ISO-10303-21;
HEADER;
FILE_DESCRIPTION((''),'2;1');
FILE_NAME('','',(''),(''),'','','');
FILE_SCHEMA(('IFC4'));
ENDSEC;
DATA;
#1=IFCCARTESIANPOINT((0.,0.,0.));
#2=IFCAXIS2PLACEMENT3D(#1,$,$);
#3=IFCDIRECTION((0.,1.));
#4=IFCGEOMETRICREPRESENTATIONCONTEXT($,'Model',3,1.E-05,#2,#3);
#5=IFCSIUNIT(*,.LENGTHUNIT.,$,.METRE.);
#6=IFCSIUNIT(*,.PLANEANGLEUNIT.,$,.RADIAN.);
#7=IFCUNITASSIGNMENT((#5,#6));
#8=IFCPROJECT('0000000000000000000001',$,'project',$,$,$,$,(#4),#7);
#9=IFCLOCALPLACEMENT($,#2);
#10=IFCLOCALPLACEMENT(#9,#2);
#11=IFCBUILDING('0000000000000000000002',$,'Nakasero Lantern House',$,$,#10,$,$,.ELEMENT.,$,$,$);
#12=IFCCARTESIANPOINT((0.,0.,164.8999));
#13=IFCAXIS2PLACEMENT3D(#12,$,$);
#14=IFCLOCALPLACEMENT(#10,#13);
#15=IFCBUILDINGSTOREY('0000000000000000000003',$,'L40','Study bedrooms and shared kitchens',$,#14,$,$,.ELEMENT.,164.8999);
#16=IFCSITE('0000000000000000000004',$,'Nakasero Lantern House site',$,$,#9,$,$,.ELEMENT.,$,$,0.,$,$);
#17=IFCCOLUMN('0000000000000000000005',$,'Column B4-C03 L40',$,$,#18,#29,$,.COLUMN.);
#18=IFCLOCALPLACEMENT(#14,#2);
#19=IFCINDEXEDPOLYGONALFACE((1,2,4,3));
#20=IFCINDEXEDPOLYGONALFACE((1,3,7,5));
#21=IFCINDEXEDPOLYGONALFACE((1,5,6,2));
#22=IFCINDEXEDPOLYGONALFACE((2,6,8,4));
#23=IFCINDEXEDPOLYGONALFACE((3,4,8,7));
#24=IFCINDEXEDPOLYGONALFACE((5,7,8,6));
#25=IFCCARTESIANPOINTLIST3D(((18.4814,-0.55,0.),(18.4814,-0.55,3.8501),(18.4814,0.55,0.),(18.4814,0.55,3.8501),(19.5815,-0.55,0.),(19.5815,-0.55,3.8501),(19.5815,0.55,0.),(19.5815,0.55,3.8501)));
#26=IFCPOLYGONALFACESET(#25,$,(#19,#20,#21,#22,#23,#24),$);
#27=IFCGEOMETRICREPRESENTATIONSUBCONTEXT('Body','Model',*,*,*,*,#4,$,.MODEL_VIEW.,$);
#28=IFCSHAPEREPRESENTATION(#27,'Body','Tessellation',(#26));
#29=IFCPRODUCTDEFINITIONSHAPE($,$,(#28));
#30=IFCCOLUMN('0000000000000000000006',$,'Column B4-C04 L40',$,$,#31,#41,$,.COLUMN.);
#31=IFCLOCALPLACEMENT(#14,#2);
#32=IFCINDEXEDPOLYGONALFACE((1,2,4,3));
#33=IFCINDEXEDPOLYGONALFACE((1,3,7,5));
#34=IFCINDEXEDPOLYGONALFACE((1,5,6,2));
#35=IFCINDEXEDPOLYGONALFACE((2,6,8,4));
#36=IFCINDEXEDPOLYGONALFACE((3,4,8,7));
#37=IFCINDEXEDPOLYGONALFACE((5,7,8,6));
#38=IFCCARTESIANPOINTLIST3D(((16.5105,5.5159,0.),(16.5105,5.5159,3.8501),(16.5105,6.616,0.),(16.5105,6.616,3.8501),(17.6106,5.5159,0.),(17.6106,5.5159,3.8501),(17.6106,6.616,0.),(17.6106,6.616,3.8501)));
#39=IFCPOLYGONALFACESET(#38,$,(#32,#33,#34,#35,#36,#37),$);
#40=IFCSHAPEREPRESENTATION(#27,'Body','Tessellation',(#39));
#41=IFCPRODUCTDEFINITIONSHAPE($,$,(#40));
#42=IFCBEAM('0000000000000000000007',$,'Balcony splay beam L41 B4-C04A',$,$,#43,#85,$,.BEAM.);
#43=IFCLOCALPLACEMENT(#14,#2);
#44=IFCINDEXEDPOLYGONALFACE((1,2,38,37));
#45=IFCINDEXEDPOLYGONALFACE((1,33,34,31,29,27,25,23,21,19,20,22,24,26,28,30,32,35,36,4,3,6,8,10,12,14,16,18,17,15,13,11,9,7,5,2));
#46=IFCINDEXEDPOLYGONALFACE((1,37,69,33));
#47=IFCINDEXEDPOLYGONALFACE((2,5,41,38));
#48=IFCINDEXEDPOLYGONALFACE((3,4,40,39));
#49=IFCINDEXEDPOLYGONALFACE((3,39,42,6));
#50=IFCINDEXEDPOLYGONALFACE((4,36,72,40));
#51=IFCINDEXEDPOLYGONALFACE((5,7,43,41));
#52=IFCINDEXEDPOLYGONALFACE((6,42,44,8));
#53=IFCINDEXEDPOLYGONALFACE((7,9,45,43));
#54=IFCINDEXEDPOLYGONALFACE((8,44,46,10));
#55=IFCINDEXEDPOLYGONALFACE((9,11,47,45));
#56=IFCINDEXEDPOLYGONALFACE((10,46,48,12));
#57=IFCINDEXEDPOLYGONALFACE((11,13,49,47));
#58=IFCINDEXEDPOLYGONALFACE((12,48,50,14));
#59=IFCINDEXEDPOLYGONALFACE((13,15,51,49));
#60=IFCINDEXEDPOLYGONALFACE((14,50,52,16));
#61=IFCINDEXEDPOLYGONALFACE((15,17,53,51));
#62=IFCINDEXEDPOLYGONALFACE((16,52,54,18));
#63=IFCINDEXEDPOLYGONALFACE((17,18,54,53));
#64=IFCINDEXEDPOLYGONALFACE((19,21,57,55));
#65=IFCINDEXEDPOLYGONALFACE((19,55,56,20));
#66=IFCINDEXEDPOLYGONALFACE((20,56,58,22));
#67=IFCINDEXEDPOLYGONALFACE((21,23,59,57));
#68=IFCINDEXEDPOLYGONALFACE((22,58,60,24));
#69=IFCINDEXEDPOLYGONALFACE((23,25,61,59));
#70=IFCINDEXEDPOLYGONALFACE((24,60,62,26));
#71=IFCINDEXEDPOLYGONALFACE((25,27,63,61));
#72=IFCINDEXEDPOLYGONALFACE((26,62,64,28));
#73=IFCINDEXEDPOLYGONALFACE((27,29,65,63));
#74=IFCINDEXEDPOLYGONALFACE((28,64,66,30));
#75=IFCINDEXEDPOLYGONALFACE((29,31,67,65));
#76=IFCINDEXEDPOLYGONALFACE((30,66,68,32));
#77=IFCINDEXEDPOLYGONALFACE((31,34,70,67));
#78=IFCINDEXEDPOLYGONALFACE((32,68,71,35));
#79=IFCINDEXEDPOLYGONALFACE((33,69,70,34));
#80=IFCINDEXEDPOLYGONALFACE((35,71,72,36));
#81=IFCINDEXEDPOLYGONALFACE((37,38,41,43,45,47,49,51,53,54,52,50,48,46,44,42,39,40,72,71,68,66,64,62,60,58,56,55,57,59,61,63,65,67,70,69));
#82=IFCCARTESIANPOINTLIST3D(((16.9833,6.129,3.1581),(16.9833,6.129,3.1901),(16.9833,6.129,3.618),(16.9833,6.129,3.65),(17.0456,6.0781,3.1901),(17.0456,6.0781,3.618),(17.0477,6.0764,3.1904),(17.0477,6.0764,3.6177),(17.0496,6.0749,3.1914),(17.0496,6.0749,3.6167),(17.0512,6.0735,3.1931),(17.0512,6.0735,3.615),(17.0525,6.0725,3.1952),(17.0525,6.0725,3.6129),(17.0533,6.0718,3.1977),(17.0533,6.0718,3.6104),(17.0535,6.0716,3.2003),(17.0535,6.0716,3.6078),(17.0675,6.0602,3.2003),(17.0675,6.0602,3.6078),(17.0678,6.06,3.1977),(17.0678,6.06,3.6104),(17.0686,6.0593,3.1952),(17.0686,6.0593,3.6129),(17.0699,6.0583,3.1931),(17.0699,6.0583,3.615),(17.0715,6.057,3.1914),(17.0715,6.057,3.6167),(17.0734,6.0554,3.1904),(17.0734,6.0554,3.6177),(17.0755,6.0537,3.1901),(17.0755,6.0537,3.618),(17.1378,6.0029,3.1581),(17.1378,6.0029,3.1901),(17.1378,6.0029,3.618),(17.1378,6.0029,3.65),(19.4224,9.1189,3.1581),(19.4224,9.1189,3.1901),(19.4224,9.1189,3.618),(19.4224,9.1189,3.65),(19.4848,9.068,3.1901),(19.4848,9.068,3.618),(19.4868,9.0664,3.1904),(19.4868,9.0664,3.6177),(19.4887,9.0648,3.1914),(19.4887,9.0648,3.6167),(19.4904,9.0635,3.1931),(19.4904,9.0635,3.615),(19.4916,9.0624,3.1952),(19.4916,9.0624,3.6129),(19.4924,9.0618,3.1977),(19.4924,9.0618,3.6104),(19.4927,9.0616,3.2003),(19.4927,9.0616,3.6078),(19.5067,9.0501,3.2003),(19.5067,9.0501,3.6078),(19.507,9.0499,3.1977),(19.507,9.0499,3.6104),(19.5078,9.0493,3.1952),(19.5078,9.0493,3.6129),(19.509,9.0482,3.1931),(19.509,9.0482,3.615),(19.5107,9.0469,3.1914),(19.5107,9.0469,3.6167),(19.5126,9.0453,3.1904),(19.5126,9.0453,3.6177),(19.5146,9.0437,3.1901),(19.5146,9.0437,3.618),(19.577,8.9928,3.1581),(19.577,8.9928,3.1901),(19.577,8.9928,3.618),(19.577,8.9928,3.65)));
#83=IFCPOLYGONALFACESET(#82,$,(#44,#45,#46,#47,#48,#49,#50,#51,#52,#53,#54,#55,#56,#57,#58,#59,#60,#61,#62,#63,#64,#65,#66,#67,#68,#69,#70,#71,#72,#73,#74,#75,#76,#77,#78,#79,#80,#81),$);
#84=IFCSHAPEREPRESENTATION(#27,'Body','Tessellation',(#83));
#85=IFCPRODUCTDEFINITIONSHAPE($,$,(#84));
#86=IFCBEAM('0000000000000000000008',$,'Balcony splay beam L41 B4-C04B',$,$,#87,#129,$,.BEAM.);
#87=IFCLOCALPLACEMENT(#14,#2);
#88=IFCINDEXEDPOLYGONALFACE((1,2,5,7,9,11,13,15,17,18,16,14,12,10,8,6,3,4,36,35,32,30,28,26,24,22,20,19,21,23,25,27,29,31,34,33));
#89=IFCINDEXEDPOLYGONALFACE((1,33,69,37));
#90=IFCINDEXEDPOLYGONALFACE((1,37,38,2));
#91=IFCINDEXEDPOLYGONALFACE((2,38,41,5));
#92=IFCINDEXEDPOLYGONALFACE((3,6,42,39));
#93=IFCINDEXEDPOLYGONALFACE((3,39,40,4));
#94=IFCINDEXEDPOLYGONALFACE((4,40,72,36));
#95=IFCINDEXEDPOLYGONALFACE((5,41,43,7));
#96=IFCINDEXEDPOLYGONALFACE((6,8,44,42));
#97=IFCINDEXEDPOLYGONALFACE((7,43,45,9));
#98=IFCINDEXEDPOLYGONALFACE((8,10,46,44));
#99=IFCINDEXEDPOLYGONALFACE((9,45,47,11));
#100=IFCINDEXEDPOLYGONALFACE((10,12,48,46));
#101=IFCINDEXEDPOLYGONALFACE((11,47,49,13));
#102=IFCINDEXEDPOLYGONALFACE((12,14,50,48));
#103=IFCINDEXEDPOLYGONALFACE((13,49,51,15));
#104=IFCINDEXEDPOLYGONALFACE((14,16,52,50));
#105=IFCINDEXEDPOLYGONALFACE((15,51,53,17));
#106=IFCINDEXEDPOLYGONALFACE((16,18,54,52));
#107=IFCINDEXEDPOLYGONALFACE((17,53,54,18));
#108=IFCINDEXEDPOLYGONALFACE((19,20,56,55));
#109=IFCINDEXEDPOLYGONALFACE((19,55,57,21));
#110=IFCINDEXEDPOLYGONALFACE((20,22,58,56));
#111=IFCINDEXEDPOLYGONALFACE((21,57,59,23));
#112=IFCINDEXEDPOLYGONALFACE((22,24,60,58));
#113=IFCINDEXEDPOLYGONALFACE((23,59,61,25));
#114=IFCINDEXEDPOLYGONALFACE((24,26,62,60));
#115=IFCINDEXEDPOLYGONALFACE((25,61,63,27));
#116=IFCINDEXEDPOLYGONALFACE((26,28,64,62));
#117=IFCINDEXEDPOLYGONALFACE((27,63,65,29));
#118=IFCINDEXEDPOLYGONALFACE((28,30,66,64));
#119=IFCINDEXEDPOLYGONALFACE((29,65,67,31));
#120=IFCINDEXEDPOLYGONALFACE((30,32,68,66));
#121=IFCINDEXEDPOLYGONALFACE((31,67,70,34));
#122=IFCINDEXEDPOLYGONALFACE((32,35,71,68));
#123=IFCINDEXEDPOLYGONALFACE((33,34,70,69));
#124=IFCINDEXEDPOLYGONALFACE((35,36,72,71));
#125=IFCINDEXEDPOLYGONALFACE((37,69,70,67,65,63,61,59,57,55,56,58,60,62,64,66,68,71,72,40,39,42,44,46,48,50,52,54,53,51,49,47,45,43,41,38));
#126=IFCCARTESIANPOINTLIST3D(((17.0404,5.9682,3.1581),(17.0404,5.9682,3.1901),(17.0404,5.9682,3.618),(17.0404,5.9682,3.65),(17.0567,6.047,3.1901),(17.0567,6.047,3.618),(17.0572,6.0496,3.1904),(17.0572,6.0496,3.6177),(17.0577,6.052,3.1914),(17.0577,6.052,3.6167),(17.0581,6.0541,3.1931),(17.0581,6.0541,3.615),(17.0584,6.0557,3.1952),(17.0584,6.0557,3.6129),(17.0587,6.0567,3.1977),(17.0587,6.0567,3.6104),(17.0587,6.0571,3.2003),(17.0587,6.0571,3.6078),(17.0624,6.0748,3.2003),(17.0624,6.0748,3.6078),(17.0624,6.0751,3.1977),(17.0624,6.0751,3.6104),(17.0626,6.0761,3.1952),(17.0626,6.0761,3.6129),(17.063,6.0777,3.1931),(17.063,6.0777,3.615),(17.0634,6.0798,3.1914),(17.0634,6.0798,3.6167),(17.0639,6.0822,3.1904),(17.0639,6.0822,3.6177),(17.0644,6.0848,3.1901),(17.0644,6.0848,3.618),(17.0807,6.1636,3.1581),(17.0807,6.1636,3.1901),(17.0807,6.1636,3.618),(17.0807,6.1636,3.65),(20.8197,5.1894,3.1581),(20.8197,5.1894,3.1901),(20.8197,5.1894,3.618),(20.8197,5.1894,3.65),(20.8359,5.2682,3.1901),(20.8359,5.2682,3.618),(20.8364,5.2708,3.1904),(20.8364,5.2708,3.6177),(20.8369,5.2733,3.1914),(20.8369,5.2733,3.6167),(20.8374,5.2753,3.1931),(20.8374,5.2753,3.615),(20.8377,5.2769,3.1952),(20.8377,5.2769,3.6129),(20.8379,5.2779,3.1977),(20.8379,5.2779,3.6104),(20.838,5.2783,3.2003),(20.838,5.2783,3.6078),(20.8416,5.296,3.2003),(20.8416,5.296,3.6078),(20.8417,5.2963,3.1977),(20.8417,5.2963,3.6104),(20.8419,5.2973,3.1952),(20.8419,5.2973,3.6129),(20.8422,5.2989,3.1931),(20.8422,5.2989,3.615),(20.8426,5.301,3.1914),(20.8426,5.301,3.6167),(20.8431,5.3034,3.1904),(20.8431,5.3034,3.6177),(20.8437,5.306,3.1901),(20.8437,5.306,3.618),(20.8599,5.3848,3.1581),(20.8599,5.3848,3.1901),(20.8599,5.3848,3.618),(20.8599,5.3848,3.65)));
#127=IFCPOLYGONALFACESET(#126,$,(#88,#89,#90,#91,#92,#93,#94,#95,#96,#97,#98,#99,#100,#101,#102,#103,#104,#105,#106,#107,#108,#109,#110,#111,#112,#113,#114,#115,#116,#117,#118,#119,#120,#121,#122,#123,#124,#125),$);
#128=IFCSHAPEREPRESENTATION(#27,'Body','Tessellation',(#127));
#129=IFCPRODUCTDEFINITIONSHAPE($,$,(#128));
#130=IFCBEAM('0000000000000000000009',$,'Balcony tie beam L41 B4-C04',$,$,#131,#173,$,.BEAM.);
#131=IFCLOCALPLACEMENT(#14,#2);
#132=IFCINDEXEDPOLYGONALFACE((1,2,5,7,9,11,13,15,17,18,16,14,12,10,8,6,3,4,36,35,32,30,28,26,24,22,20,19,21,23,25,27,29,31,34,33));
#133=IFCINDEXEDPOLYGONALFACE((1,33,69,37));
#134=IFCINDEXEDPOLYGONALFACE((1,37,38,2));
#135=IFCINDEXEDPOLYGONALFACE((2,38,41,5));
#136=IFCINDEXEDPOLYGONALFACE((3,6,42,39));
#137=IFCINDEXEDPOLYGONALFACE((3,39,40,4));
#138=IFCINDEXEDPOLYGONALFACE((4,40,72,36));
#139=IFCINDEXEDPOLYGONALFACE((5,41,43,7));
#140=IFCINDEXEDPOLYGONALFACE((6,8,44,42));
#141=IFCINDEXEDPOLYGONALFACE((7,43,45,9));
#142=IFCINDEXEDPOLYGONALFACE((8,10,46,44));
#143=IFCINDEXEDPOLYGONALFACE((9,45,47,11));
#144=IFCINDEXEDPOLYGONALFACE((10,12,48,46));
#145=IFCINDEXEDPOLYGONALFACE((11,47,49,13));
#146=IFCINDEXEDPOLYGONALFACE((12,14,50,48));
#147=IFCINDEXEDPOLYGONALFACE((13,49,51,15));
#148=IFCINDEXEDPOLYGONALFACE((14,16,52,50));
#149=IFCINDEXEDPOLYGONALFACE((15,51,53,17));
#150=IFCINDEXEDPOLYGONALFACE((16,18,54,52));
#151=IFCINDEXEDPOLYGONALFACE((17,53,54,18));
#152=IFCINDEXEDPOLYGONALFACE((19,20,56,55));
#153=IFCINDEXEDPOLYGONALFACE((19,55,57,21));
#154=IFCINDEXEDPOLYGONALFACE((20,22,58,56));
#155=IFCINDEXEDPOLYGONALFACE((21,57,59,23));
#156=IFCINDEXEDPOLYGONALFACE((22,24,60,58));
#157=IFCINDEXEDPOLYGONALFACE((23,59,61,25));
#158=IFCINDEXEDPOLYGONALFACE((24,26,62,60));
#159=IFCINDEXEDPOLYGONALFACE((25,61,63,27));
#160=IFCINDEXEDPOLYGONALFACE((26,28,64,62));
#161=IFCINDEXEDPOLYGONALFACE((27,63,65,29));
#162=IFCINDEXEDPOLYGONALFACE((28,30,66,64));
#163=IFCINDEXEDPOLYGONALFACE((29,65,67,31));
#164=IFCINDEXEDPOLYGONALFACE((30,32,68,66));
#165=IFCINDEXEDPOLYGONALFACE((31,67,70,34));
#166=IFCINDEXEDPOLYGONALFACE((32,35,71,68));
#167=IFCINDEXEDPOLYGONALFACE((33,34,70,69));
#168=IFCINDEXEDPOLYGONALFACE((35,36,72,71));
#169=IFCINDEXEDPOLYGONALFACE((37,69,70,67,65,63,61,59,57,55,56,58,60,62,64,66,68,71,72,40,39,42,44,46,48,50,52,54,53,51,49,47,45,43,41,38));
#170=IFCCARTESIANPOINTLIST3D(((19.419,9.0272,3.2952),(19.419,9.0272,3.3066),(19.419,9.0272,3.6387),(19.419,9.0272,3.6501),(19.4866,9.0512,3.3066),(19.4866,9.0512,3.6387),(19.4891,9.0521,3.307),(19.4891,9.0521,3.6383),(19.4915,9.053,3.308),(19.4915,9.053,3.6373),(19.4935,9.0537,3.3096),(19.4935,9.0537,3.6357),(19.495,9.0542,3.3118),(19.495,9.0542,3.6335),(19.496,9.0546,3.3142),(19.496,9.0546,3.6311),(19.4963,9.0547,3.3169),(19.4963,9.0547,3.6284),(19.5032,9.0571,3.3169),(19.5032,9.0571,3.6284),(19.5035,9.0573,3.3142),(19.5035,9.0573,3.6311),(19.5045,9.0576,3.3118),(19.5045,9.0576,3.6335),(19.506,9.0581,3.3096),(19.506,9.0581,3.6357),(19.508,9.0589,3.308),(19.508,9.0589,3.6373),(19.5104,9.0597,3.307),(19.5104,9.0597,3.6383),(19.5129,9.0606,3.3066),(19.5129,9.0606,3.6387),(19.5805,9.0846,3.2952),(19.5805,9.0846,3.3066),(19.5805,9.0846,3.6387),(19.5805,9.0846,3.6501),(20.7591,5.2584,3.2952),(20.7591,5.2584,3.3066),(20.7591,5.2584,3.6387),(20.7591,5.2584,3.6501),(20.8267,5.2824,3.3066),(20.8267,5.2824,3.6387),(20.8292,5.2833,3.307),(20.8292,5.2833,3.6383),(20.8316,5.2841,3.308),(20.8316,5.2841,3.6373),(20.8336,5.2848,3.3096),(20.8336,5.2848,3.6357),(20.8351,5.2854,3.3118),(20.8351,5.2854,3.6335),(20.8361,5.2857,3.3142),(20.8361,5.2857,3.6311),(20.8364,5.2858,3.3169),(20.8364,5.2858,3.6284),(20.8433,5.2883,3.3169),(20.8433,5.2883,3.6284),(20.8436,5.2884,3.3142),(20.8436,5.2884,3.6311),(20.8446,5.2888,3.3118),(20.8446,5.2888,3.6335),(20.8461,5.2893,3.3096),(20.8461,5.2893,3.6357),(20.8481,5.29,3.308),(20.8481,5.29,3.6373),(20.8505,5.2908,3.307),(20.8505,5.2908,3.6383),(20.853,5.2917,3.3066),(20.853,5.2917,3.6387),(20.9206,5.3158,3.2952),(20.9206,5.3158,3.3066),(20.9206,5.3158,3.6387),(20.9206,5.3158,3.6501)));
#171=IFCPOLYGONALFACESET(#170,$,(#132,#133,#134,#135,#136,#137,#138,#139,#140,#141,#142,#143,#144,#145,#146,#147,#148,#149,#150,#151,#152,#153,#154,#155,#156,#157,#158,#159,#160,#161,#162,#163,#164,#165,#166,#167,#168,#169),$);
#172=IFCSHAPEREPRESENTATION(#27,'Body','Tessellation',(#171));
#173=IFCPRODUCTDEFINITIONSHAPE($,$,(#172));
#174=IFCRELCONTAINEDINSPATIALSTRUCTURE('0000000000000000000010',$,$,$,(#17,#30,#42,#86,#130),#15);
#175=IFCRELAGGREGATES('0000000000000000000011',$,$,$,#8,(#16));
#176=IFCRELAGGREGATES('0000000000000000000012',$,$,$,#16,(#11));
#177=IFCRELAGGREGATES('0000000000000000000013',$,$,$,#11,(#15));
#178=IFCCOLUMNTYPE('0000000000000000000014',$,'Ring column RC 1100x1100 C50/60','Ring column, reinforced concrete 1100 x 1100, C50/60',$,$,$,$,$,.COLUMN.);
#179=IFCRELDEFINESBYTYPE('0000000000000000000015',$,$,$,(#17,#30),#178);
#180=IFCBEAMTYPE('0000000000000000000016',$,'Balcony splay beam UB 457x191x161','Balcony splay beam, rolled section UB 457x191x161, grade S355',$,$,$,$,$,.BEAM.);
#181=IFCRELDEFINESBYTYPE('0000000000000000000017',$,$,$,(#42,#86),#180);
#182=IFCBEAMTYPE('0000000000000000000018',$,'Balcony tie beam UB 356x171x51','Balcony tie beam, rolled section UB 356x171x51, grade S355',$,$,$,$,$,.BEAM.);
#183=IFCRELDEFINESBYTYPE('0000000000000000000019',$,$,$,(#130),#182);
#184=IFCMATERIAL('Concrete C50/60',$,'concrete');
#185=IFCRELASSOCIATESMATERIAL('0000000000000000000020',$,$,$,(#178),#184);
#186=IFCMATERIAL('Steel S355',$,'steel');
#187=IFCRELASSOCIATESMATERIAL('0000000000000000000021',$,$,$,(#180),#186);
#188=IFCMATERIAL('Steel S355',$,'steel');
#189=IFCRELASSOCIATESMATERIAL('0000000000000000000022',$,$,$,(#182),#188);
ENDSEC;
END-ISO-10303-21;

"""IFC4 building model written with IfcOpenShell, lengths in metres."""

from ifc_helpers import new_model, si_unit, direction, frame, origin, origin_2d, place, context, subcontext, project, spatial, rectangle, i_section, extrude, material, material_profile, profile_set, type_object, element, save


model = new_model("IFC4")

# Units and contexts
model_context = context("Model", 3, precision=1e-05, world=origin(), true_north=direction((0.0, 1.0)))
body_context = subcontext(model_context, "Body", "Model", "MODEL_VIEW")
ifc_project = project(units=[si_unit("LENGTHUNIT", "METRE"), si_unit("PLANEANGLEUNIT", "RADIAN")], contexts=[model_context])

# Site, building, storey
site_placement = place(None, origin())
site = spatial("IfcSite", under=ifc_project, at=site_placement, Name="Nakasero Lantern House site", CompositionType="ELEMENT", RefElevation=0.0)
building_placement = place(site_placement, origin())
building = spatial("IfcBuilding", under=site, at=building_placement, Name="Nakasero Lantern House", CompositionType="ELEMENT")
storey_placement = place(building_placement, frame((0.0, 0.0, 164.8999)))
storey = spatial("IfcBuildingStorey", under=building, at=storey_placement, Name="L40", Description="Study bedrooms and shared kitchens", CompositionType="ELEMENT", Elevation=164.8999)

# Columns
ifc_material_1 = material(Name="Concrete C50/60", Category="concrete")
ifc_material_profile_1 = material_profile(ifc_material_1, rectangle(XDim=1.1001, YDim=1.1001, at=origin_2d()), Name="RC 1100x1100")
ifc_profile_set_1 = profile_set([ifc_material_profile_1], Name="Concrete C50/60")
column_type = type_object("IfcColumnType", Name="Ring column RC 1100x1100 C50/60", Description="Ring column, reinforced concrete 1100 x 1100, C50/60", PredefinedType="COLUMN", material=ifc_profile_set_1)
for number, where, z_axis, x_axis, name in (
    (1, (19.0315, 0.0, 0.0), (0.0, 0.0, 1.0), (1.0, 0.0, 0.0), "Column B4-C03 L40"),
    (2, (17.0605, 6.0659, 0.0), (0.0, 0.0, 1.0), (1.0, 0.0, 0.0), "Column B4-C04 L40"),
):
    element("IfcColumn", number, at=place(storey_placement, frame(where, z_axis=z_axis, x_axis=x_axis)), inside=storey, type_object=column_type, Name=name, PredefinedType="COLUMN", context=body_context, shape_type="SweptSolid", body=[
        extrude(rectangle(XDim=1.1001, YDim=1.1001, at=origin_2d()), origin(), (0.0, 0.0, 1.0), 3.8501),
    ])

# Beams
ifc_material_2 = material(Name="Steel S355", Category="steel")
ifc_material_profile_2 = material_profile(ifc_material_2, i_section(OverallWidth=0.1995, OverallDepth=0.4919, WebThickness=0.0181, FlangeThickness=0.032, FilletRadius=0.0103, at=origin_2d()), Name="UB 457x191x161")
ifc_profile_set_2 = profile_set([ifc_material_profile_2], Name="Steel S355")
beam_type_1 = type_object("IfcBeamType", Name="Balcony splay beam UB 457x191x161", Description="Balcony splay beam, rolled section UB 457x191x161, grade S355", PredefinedType="BEAM", material=ifc_profile_set_2)
for number, where, z_axis, x_axis, name in (
    (3, (17.0605, 6.0659, 3.4041), (0.632128, 0.774864, 0.0), (-0.774864, 0.632128, 0.0), "Balcony splay beam L41 B4-C04A"),
    (4, (17.0605, 6.0659, 3.4041), (0.97942, -0.201831, 0.0), (0.201831, 0.97942, 0.0), "Balcony splay beam L41 B4-C04B"),
):
    element("IfcBeam", number, at=place(storey_placement, frame(where, z_axis=z_axis, x_axis=x_axis)), inside=storey, type_object=beam_type_1, Name=name, PredefinedType="BEAM", context=body_context, shape_type="SweptSolid", body=[
        extrude(i_section(OverallWidth=0.1995, OverallDepth=0.4919, WebThickness=0.0181, FlangeThickness=0.032, FilletRadius=0.0103, at=origin_2d()), origin(), (0.0, 0.0, 1.0), 3.8586),
    ])
ifc_material_3 = material(Name="Steel S355", Category="steel")
ifc_material_profile_3 = material_profile(ifc_material_3, i_section(OverallWidth=0.1714, OverallDepth=0.355, WebThickness=0.0073, FlangeThickness=0.0115, FilletRadius=0.0103, at=origin_2d()), Name="UB 356x171x51")
ifc_profile_set_3 = profile_set([ifc_material_profile_3], Name="Steel S355")
beam_type_2 = type_object("IfcBeamType", Name="Balcony tie beam UB 356x171x51", Description="Balcony tie beam, rolled section UB 356x171x51, grade S355", PredefinedType="BEAM", material=ifc_profile_set_3)
beam_1_placement = place(storey_placement, frame((19.4998, 9.0559, 3.4727), z_axis=(0.335025, -0.942209, 0.0), x_axis=(0.942209, 0.335025, 0.0)))
element("IfcBeam", 5, at=beam_1_placement, inside=storey, type_object=beam_type_2, Name="Balcony tie beam L41 B4-C04", PredefinedType="BEAM", context=body_context, shape_type="SweptSolid", body=[
    extrude(i_section(OverallWidth=0.1714, OverallDepth=0.355, WebThickness=0.0073, FlangeThickness=0.0115, FilletRadius=0.0103, at=origin_2d()), origin(), (0.0, 0.0, 1.0), 4.0),
])

save(model, "model.ifc")
